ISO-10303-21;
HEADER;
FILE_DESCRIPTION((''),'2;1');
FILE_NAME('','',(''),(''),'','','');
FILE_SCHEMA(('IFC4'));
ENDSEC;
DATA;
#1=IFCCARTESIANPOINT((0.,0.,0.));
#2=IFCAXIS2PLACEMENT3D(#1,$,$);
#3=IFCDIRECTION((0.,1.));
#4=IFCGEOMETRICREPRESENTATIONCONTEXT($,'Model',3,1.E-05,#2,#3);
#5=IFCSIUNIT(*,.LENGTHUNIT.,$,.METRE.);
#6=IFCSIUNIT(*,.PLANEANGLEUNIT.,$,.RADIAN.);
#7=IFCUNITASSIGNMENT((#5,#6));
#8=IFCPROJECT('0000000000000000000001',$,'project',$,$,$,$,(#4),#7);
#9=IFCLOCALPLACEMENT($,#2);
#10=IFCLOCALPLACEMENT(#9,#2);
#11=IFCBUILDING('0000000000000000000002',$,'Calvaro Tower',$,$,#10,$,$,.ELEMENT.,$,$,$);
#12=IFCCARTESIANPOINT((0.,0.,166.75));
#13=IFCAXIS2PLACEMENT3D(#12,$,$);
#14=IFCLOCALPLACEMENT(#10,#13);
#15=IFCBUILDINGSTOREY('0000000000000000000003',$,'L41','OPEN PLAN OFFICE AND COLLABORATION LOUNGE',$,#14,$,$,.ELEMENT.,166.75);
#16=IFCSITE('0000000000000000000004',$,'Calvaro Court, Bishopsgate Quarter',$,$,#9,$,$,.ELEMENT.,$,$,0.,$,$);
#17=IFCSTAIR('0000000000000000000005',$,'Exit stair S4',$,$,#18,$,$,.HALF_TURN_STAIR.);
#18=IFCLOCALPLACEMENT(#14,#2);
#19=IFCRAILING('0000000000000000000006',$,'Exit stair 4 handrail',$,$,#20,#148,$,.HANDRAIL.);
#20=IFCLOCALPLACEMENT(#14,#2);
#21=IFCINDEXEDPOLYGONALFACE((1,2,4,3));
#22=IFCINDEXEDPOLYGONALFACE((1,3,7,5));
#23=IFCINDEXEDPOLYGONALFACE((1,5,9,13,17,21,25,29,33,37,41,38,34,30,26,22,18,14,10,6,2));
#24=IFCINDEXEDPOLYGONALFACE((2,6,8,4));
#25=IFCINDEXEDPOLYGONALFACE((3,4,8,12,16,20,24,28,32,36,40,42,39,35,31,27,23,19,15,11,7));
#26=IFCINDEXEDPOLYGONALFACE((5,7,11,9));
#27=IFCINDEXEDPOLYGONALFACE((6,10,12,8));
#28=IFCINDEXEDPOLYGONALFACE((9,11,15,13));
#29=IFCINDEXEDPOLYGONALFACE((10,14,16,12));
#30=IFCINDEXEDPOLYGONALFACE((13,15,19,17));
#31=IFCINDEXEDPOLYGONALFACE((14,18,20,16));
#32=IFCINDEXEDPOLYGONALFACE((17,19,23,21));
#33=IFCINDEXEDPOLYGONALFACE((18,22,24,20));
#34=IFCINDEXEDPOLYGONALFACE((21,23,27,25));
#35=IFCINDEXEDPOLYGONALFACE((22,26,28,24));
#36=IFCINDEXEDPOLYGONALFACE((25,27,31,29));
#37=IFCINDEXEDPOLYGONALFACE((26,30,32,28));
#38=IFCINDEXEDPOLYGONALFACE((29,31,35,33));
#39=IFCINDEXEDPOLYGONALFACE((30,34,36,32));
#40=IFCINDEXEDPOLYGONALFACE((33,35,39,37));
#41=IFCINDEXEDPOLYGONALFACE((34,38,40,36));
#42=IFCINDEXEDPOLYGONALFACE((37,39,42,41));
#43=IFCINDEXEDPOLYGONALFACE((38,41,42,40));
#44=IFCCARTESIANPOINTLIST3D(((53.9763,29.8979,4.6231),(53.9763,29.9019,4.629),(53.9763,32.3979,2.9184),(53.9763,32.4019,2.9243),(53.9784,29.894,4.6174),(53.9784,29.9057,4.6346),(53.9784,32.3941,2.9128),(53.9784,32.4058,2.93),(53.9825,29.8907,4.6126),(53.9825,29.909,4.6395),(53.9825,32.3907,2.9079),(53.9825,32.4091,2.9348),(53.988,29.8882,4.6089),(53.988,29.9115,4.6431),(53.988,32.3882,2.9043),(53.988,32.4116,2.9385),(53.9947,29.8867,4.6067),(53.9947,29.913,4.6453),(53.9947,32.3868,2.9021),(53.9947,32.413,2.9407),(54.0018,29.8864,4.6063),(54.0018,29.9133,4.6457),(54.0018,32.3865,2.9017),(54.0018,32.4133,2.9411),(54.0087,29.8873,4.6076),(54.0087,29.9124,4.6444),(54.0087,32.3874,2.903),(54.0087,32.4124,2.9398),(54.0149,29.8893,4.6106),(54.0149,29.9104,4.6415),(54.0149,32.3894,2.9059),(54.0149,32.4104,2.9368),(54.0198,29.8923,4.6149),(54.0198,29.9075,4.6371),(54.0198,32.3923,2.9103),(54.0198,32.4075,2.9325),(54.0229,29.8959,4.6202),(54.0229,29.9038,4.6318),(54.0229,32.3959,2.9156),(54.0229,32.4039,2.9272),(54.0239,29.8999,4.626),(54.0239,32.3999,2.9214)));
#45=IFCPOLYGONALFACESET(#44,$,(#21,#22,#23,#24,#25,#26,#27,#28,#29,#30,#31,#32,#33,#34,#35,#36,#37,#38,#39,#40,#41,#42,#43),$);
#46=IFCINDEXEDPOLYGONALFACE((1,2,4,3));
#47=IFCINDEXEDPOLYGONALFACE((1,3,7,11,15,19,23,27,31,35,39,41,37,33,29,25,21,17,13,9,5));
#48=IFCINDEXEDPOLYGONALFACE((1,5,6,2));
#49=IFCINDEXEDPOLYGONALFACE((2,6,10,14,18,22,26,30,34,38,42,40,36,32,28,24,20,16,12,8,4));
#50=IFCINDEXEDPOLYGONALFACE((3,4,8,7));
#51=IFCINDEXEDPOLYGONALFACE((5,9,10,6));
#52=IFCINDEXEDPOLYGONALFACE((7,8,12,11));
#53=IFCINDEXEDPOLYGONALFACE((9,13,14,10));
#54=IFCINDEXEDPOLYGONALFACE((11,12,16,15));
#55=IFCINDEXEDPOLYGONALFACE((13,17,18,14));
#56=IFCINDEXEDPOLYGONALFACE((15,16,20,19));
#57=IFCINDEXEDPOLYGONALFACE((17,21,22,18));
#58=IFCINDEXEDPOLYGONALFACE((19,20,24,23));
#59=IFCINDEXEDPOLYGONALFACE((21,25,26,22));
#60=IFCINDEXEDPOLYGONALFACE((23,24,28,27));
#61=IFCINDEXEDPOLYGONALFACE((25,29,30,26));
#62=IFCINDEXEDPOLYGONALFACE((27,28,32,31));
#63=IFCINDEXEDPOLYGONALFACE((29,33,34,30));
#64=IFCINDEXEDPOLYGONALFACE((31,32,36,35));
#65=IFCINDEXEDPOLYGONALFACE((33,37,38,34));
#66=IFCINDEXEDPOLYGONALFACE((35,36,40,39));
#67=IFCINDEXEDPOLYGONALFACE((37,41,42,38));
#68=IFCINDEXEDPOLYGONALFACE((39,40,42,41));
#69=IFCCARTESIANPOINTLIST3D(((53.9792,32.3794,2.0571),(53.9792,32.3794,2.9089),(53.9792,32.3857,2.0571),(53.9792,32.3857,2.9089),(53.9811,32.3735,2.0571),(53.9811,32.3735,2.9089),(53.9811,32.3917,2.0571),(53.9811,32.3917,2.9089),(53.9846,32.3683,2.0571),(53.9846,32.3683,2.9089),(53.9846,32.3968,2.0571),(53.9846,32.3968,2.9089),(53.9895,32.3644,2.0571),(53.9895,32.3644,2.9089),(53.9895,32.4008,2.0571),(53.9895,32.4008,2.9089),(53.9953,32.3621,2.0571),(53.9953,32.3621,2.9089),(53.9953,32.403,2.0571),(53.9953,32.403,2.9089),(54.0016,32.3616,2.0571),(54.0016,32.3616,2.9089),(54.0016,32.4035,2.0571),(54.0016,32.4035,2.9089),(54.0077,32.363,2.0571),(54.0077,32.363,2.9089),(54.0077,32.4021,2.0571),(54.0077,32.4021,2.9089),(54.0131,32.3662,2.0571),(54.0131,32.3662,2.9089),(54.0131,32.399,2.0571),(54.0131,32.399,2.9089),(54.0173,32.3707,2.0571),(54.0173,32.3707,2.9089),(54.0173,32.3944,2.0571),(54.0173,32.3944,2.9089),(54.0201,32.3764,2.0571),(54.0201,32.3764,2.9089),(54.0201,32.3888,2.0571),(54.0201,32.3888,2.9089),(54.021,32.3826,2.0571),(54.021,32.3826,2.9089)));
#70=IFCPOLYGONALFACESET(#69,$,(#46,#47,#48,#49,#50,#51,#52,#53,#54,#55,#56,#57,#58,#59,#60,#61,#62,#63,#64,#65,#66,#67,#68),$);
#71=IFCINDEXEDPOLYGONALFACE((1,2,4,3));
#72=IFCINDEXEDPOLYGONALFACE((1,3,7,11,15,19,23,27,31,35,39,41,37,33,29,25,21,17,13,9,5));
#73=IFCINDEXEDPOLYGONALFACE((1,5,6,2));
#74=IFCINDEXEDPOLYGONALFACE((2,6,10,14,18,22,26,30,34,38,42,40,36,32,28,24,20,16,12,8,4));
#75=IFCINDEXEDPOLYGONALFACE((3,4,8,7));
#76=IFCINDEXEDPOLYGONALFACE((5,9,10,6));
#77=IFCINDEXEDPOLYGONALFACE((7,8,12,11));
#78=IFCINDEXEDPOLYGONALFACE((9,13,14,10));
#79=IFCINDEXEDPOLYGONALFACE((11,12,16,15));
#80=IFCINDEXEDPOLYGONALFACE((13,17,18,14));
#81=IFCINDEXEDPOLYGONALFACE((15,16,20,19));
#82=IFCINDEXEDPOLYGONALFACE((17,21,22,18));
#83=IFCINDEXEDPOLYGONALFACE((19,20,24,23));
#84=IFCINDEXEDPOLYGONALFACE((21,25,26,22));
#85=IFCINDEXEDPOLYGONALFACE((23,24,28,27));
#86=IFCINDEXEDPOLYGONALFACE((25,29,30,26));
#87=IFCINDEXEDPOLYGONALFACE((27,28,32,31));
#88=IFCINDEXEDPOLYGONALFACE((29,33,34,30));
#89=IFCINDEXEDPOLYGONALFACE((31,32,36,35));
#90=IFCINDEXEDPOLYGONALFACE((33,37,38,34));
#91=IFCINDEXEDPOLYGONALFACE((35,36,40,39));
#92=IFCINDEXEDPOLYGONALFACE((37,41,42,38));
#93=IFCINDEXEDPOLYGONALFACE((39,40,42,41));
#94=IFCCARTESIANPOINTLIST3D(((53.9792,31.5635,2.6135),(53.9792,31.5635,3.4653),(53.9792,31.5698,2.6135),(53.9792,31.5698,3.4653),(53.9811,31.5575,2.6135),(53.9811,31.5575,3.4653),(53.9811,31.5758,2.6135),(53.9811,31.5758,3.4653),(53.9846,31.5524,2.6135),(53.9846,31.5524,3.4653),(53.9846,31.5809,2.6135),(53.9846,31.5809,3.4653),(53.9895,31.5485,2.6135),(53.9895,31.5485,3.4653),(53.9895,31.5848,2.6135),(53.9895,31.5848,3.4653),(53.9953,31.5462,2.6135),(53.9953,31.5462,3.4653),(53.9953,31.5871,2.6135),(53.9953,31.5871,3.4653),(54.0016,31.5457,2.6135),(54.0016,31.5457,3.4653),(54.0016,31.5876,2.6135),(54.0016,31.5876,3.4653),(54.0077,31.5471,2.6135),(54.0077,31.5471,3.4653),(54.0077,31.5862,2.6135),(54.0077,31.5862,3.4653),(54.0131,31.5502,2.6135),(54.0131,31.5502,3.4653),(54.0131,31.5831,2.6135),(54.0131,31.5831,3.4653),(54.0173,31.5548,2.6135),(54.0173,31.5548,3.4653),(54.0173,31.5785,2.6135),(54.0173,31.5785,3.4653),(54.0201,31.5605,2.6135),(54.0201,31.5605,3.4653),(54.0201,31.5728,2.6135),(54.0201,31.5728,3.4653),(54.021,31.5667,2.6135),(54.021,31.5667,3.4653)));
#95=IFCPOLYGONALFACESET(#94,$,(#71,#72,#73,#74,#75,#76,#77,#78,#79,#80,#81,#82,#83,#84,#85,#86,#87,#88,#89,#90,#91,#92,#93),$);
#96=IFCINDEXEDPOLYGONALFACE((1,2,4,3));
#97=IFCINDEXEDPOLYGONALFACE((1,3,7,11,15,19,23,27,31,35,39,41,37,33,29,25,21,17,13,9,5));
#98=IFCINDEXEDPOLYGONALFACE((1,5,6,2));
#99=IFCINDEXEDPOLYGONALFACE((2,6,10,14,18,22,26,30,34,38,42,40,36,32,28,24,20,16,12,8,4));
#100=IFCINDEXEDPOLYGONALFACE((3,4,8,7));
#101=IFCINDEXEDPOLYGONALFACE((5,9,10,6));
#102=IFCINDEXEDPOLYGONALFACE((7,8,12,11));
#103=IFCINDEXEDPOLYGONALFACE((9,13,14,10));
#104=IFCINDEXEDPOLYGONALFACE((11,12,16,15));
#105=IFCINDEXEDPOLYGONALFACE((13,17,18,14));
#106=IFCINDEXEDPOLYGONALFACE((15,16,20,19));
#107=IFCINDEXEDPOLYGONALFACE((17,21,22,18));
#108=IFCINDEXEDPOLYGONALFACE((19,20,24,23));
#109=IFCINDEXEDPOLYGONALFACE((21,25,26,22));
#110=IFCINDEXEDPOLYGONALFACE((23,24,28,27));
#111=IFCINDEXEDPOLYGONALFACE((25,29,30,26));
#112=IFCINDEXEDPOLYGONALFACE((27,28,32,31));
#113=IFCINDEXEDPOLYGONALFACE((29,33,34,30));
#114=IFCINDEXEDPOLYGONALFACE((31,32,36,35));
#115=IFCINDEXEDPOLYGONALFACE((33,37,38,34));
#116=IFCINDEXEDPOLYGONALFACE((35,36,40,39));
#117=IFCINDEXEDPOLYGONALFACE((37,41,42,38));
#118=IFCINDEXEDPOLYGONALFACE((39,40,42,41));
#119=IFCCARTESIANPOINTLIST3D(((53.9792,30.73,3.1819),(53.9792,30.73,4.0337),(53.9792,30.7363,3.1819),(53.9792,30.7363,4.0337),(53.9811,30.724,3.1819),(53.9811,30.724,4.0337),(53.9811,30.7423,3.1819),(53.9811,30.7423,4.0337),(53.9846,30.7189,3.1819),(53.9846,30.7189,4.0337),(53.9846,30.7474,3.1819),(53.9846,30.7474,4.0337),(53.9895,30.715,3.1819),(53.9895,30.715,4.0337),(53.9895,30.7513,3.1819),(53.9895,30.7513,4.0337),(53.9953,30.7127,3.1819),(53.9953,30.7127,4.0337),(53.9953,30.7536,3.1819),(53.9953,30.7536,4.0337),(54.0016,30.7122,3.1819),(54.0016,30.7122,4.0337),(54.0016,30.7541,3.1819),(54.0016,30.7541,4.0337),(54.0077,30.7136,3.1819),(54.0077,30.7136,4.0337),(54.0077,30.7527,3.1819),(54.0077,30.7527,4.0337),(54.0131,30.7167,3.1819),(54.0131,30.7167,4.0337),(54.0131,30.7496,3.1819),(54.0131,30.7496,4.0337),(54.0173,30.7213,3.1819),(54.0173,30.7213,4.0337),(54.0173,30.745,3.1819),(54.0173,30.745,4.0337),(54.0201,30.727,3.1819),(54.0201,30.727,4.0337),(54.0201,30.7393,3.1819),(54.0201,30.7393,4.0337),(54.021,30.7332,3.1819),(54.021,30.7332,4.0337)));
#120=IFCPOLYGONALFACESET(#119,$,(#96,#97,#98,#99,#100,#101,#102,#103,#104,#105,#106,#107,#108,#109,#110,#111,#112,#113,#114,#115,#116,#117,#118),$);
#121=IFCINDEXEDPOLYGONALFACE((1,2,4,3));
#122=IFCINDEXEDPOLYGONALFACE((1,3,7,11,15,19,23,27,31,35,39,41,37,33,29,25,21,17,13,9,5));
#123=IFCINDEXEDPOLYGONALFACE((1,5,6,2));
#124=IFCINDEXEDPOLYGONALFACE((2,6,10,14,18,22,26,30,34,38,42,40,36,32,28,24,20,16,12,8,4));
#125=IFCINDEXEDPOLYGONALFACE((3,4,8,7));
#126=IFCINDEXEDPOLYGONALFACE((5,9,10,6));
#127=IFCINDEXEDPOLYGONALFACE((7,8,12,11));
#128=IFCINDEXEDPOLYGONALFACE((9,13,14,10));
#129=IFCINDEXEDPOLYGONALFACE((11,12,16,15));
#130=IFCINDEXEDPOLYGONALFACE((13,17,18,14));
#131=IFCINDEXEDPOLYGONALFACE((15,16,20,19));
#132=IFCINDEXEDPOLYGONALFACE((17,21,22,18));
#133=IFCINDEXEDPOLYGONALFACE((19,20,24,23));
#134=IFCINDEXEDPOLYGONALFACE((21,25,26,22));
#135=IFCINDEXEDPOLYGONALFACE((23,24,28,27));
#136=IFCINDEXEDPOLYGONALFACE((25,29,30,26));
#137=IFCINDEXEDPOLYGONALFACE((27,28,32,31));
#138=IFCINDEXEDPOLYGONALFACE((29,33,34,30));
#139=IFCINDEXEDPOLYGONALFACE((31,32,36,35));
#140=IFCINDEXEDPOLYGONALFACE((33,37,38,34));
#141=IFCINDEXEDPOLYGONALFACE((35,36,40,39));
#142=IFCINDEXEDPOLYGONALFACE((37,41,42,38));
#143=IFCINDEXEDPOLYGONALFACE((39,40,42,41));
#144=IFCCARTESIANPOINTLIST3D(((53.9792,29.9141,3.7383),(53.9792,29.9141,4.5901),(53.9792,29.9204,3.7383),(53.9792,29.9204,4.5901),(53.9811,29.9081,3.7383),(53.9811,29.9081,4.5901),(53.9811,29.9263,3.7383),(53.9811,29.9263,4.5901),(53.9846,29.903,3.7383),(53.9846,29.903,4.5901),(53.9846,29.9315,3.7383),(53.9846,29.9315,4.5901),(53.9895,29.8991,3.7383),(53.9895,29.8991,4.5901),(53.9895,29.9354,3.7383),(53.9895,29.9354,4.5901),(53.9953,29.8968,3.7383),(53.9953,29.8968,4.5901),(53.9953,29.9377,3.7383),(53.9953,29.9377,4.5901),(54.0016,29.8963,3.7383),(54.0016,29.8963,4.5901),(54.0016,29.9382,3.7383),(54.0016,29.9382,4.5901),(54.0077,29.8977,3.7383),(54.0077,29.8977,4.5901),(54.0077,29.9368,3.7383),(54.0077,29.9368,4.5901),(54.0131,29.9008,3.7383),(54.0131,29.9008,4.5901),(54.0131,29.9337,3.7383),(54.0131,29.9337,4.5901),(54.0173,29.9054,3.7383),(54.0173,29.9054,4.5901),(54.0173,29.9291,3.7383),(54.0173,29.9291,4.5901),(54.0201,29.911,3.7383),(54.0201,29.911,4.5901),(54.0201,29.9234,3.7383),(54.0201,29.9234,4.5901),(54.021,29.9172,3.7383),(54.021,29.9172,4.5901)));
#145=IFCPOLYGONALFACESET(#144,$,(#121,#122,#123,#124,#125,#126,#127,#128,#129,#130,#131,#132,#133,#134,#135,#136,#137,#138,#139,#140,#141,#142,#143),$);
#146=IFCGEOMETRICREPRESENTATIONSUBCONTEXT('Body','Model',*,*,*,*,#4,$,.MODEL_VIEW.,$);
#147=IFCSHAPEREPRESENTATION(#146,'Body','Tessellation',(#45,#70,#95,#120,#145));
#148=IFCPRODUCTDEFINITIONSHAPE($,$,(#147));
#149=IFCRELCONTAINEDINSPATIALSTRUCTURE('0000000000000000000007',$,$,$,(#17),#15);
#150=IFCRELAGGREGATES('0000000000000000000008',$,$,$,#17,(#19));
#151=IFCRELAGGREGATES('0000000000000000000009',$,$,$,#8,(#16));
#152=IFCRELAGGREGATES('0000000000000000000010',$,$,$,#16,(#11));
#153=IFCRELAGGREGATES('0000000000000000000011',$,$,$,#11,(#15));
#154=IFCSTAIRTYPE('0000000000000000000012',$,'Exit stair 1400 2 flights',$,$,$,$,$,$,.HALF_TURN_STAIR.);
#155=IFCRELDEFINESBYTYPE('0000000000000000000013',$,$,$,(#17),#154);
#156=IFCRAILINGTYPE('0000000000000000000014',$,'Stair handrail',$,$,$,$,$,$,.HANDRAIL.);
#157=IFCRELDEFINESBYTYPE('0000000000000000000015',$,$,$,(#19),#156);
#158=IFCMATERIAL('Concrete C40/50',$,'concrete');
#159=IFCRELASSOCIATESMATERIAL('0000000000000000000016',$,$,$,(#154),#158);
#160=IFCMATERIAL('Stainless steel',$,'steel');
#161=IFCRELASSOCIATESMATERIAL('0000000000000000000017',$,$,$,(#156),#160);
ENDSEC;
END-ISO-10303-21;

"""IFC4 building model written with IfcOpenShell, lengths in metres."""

from ifc_helpers import new_model, si_unit, direction, frame, origin, origin_2d, place, context, subcontext, project, spatial, circle, extrude, material, type_object, element, aggregate, save


model = new_model("IFC4")

# Units and contexts
model_context = context("Model", 3, precision=1e-05, world=origin(), true_north=direction((0.0, 1.0)))
body_context = subcontext(model_context, "Body", "Model", "MODEL_VIEW")
ifc_project = project(units=[si_unit("LENGTHUNIT", "METRE"), si_unit("PLANEANGLEUNIT", "RADIAN")], contexts=[model_context])

# Site, building, storey
site_placement = place(None, origin())
site = spatial("IfcSite", under=ifc_project, at=site_placement, Name="Calvaro Court, Bishopsgate Quarter", CompositionType="ELEMENT", RefElevation=0.0)
building_placement = place(site_placement, origin())
building = spatial("IfcBuilding", under=site, at=building_placement, Name="Calvaro Tower", CompositionType="ELEMENT")
storey_placement = place(building_placement, frame((0.0, 0.0, 166.75)))
storey = spatial("IfcBuildingStorey", under=building, at=storey_placement, Name="L41", Description="OPEN PLAN OFFICE AND COLLABORATION LOUNGE", CompositionType="ELEMENT", Elevation=166.75)

# Stair
ifc_material_1 = material(Name="Concrete C40/50", Category="concrete")
stair_type = type_object("IfcStairType", Name="Exit stair 1400 2 flights", PredefinedType="HALF_TURN_STAIR", material=ifc_material_1)
stair_1_placement = place(storey_placement, origin())
stair_1 = element("IfcStair", 1, at=stair_1_placement, inside=storey, type_object=stair_type, Name="Exit stair S4", PredefinedType="HALF_TURN_STAIR")

# Railing
ifc_material_2 = material(Name="Stainless steel", Category="steel")
railing_type = type_object("IfcRailingType", Name="Stair handrail", PredefinedType="HANDRAIL", material=ifc_material_2)
railing_1_placement = place(storey_placement, frame((54.0, 32.3999, 2.0454)))
railing_1 = element("IfcRailing", 2, at=railing_1_placement, type_object=railing_type, Name="Exit stair 4 handrail", PredefinedType="HANDRAIL", context=body_context, shape_type="SweptSolid", body=[
    extrude(circle(Radius=0.0239, at=origin_2d()), frame((0.0, 0.0, 0.876), z_axis=(0.0, -0.826221, 0.563347), x_axis=(1.0, 0.0, 0.0)), (0.0, 0.0, 1.0), 3.0259),
    extrude(circle(Radius=0.021, at=origin_2d()), frame((0.0, -0.0173, 0.0117)), (0.0, 0.0, 1.0), 0.8518),
    extrude(circle(Radius=0.021, at=origin_2d()), frame((0.0, -0.8333, 0.5681)), (0.0, 0.0, 1.0), 0.8518),
    extrude(circle(Radius=0.021, at=origin_2d()), frame((0.0, -1.6667, 1.1365)), (0.0, 0.0, 1.0), 0.8518),
    extrude(circle(Radius=0.021, at=origin_2d()), frame((0.0, -2.4827, 1.6929)), (0.0, 0.0, 1.0), 0.8518),
])
aggregate(stair_1, [railing_1])

save(model, "model.ifc")
